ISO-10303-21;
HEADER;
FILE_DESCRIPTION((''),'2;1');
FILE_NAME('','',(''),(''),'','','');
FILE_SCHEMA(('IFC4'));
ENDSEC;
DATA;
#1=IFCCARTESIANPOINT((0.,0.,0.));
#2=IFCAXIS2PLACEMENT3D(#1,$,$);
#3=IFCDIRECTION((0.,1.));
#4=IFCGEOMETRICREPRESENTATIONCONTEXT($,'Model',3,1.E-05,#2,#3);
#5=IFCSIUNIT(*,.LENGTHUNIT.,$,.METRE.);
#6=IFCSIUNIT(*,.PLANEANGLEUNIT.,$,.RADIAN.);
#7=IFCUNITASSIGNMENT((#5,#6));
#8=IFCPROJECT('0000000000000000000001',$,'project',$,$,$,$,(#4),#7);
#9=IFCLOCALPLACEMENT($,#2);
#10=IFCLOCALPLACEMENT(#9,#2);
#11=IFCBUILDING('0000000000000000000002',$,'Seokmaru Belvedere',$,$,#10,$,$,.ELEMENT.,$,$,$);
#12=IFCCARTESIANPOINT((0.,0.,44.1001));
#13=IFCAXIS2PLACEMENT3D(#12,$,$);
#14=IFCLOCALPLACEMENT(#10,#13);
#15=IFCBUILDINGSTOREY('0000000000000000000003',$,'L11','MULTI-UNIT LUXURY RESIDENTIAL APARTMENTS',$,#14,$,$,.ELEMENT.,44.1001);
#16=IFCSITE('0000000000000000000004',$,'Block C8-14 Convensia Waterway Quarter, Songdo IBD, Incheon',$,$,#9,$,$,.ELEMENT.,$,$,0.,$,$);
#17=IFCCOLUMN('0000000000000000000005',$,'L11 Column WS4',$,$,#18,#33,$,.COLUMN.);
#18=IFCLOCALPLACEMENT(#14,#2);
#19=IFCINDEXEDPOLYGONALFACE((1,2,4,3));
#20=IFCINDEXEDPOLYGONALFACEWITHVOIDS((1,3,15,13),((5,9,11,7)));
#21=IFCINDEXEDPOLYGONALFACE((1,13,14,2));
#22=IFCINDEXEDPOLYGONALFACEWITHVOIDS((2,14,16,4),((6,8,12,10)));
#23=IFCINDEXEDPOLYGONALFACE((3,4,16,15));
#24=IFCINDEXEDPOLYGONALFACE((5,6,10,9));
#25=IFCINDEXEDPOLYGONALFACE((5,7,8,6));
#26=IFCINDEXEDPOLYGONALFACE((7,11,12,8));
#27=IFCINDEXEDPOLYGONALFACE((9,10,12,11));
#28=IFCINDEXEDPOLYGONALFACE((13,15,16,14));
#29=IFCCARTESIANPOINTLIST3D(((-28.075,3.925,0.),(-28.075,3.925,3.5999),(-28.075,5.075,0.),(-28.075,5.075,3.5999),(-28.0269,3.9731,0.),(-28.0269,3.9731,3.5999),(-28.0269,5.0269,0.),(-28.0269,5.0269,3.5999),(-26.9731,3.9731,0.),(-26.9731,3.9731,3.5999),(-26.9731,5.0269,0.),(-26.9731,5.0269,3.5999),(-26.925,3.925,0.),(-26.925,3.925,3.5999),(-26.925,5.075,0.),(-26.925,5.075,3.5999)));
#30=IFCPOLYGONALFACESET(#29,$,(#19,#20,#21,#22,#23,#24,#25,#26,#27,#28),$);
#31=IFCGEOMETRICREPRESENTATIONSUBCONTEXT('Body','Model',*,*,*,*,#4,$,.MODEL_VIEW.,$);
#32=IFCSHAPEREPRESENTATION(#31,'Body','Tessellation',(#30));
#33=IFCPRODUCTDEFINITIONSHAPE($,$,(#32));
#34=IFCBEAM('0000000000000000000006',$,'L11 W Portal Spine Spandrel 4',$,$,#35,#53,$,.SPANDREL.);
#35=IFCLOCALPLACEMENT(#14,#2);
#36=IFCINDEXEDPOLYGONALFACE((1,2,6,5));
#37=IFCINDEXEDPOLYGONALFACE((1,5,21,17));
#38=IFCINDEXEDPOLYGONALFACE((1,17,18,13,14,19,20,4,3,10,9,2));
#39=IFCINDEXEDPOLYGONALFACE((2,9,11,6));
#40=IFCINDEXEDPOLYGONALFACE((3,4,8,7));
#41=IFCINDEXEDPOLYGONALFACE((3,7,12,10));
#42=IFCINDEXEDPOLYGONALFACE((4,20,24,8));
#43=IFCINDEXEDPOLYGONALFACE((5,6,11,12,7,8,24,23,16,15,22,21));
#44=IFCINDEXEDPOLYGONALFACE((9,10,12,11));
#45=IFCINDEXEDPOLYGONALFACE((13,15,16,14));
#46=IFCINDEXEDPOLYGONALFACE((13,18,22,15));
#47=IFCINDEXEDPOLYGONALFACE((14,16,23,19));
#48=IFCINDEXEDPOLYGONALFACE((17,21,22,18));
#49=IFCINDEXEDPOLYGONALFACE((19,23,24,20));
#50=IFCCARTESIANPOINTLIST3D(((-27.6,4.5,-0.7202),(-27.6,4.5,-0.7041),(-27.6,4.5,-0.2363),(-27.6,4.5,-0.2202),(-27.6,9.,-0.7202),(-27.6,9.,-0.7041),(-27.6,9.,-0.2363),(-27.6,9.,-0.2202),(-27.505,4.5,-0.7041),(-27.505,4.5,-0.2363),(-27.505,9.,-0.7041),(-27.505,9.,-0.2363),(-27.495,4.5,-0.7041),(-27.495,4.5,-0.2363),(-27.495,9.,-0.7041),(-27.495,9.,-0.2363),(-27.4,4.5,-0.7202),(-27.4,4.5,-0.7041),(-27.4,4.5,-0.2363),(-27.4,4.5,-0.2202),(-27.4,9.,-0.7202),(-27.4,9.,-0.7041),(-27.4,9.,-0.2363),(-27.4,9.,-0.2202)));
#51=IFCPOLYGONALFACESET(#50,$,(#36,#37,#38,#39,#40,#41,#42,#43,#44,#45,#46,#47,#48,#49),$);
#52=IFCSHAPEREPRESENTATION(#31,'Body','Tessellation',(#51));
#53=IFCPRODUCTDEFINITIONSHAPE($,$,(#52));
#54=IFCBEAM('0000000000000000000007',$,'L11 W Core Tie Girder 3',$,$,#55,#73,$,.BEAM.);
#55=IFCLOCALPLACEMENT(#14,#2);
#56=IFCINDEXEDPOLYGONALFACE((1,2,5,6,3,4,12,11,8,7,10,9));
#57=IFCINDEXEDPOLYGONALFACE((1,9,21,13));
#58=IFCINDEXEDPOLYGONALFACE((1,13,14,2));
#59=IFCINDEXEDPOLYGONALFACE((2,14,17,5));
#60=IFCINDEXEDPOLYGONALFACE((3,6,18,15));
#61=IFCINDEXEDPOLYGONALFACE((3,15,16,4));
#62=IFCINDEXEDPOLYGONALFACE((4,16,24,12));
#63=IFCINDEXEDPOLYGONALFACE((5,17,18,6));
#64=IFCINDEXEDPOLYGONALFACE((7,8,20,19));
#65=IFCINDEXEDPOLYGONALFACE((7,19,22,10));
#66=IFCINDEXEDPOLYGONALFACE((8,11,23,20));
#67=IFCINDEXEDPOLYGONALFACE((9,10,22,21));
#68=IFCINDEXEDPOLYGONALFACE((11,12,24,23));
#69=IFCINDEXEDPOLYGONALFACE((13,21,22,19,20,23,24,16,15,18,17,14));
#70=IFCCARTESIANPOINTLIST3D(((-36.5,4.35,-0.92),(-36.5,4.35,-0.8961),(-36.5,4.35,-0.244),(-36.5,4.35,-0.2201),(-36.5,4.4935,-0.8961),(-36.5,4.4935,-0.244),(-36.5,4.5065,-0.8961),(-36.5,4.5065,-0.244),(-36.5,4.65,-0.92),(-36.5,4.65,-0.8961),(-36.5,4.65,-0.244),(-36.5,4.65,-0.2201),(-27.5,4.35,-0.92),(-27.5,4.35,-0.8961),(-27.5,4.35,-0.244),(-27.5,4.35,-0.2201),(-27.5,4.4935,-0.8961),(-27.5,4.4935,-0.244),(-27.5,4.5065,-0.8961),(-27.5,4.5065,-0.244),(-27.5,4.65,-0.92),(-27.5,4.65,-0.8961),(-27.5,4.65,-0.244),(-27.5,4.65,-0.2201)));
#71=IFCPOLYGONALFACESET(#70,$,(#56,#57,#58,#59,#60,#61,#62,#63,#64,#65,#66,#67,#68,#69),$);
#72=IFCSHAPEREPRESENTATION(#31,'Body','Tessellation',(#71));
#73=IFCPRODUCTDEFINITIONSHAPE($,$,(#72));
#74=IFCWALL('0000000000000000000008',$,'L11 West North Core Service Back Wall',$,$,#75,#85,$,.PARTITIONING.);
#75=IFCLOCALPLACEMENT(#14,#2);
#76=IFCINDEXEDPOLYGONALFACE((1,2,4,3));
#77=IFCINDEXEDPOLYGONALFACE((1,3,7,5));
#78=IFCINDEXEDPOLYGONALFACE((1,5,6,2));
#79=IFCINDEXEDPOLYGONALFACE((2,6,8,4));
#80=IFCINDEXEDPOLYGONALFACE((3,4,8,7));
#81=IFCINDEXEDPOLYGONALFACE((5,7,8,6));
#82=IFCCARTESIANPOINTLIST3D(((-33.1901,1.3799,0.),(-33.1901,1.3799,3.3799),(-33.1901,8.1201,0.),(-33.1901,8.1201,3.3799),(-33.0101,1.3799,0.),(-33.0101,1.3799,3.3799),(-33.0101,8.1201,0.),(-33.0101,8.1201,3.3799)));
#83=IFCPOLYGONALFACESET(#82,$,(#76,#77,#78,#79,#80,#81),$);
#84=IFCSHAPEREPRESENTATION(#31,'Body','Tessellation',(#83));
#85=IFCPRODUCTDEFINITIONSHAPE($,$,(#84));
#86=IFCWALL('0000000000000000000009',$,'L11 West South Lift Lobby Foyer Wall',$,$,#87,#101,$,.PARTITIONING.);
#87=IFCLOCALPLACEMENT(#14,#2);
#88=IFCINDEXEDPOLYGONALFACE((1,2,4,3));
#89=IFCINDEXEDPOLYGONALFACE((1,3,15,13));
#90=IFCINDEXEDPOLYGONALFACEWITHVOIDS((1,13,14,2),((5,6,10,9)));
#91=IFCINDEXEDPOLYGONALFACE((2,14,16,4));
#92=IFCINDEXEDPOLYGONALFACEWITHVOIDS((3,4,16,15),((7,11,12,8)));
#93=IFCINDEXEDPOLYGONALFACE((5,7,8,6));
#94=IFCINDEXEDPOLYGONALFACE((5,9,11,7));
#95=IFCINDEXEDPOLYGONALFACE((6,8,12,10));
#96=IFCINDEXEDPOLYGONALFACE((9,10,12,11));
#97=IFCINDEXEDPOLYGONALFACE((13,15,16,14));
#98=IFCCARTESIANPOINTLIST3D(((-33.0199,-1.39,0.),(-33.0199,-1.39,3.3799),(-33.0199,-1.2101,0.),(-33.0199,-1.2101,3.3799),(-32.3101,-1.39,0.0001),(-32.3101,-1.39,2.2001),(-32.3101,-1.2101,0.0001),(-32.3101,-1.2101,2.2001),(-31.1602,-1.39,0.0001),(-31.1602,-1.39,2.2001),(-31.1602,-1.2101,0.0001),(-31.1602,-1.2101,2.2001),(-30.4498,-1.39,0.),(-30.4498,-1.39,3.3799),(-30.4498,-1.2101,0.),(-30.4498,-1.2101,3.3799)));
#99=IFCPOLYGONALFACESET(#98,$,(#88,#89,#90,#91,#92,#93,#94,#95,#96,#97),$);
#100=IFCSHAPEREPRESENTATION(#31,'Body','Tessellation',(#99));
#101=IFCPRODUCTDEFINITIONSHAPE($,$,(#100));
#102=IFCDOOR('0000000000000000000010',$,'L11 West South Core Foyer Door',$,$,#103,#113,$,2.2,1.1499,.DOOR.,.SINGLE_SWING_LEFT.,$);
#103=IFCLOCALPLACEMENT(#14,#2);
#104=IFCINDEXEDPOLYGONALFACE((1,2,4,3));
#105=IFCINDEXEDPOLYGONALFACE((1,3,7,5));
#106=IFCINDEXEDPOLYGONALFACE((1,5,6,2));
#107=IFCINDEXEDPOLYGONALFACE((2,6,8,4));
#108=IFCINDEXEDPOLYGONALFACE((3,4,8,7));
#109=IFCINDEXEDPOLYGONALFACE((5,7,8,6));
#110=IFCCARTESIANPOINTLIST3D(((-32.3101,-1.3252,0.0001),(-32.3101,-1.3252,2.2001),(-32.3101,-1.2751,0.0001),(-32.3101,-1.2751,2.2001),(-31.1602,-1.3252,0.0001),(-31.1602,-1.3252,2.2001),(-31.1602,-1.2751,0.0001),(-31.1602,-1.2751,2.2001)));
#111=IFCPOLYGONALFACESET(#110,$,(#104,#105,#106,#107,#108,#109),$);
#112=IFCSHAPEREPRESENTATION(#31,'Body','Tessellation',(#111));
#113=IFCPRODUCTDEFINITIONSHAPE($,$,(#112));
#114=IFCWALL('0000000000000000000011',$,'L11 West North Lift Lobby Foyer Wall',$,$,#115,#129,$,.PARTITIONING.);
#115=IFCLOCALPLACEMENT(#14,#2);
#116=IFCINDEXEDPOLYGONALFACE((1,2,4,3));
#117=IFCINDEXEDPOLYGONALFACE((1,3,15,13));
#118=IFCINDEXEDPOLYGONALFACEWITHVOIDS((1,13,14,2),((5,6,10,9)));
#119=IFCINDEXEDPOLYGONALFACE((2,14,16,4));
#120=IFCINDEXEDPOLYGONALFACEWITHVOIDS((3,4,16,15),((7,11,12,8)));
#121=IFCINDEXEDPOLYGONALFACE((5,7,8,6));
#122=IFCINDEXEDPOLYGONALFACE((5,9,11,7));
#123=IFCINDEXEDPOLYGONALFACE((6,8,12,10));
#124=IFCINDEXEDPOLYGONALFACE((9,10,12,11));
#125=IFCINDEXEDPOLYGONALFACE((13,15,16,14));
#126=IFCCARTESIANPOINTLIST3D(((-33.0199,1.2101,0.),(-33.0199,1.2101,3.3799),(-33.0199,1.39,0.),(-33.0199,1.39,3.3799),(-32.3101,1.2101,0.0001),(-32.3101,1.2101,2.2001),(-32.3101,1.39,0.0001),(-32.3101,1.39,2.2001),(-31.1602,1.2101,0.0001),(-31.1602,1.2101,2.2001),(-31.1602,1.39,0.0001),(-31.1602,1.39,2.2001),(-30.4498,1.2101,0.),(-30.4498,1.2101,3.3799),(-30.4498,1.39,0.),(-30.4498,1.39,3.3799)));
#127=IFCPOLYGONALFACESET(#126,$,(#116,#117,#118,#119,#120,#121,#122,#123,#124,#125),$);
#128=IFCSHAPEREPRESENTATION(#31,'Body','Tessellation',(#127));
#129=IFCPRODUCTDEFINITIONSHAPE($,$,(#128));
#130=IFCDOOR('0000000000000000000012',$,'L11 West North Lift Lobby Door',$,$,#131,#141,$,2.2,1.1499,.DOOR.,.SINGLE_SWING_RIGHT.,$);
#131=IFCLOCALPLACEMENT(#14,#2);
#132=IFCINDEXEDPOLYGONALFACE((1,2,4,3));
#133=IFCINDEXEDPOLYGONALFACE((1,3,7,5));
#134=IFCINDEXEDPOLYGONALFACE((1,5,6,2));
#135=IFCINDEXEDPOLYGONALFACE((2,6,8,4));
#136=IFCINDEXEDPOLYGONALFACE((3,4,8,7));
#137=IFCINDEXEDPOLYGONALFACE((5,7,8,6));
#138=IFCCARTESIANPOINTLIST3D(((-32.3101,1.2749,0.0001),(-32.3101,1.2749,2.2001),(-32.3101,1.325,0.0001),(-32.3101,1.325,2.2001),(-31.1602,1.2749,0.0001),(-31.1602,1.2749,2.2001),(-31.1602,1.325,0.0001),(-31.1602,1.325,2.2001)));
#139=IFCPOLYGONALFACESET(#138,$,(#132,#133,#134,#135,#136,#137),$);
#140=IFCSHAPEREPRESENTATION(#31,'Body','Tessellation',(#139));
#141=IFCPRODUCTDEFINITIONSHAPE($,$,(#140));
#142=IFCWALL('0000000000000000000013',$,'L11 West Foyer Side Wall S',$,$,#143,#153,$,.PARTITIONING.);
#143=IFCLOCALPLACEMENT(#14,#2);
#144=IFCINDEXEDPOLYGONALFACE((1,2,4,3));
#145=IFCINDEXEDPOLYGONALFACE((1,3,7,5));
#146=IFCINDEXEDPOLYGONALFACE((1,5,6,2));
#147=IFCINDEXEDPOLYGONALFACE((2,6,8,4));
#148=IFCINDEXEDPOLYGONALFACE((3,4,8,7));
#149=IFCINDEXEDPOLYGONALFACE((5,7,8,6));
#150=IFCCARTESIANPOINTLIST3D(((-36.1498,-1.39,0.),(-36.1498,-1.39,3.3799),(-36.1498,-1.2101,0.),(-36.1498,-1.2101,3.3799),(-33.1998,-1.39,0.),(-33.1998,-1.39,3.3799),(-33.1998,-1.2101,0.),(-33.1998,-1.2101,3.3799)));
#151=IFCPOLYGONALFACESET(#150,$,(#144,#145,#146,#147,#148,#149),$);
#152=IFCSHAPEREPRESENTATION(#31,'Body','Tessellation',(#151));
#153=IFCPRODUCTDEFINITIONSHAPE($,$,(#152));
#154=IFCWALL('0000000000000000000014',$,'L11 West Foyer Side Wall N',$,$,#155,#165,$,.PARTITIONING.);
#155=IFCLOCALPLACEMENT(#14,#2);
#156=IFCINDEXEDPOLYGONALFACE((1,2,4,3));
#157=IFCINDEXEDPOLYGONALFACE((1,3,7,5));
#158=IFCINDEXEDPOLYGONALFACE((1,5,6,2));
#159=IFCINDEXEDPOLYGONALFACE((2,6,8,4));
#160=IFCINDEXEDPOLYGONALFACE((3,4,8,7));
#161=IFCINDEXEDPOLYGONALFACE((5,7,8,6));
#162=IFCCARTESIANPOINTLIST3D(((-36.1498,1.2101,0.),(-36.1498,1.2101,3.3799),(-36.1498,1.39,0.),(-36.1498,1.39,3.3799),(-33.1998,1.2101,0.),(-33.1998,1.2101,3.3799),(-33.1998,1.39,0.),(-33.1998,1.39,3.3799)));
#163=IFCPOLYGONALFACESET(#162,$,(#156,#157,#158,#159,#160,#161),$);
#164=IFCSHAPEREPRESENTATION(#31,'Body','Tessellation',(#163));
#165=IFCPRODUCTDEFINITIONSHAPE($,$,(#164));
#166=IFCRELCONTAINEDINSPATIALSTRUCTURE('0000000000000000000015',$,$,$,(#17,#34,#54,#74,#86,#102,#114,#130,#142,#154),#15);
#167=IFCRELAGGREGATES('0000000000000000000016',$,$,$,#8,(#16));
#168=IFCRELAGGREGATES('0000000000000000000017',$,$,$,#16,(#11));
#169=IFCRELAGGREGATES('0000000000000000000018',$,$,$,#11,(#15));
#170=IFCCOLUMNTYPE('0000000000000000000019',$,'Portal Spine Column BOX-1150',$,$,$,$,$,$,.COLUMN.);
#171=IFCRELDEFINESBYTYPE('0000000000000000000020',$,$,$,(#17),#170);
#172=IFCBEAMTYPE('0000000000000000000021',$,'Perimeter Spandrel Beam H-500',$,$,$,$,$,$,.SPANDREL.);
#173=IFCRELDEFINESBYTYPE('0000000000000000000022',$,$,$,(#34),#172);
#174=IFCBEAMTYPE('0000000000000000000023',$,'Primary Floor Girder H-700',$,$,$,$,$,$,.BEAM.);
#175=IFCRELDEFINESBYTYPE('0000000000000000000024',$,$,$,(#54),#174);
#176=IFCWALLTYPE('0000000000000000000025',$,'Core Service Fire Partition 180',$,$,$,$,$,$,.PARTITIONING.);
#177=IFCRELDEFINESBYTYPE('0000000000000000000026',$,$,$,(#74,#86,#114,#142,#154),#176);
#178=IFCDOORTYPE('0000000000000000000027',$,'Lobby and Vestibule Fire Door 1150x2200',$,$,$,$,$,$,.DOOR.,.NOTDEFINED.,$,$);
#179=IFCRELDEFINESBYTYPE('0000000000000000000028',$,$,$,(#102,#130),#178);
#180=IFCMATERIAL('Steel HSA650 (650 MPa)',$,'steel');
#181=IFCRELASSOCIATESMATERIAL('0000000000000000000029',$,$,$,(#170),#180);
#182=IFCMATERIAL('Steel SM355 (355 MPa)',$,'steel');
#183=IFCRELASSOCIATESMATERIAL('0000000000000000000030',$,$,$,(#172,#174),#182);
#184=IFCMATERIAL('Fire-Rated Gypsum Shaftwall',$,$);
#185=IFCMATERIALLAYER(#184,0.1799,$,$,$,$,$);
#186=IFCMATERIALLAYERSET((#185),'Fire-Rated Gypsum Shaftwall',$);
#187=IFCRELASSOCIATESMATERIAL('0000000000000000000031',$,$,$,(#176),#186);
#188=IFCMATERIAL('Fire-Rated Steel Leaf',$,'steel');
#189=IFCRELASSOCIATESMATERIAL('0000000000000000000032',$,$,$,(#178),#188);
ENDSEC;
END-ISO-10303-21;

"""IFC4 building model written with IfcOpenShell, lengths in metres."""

from ifc_helpers import new_model, si_unit, direction, frame, frame_2d, origin, origin_2d, place, context, subcontext, project, spatial, rectangle, hollow_rectangle, i_section, extrude, source, transform, mapped, material, layer, layer_set, material_profile, profile_set, type_object, type_shapes, element, fill, save


model = new_model("IFC4")

# Units and contexts
model_context = context("Model", 3, precision=1e-05, world=origin(), true_north=direction((0.0, 1.0)))
body_context = subcontext(model_context, "Body", "Model", "MODEL_VIEW")
ifc_project = project(units=[si_unit("LENGTHUNIT", "METRE"), si_unit("PLANEANGLEUNIT", "RADIAN")], contexts=[model_context])

# Site, building, storey
site_placement = place(None, origin())
site = spatial("IfcSite", under=ifc_project, at=site_placement, Name="Block C8-14 Convensia Waterway Quarter, Songdo IBD, Incheon", CompositionType="ELEMENT", RefElevation=0.0)
building_placement = place(site_placement, origin())
building = spatial("IfcBuilding", under=site, at=building_placement, Name="Seokmaru Belvedere", CompositionType="ELEMENT")
storey_placement = place(building_placement, frame((0.0, 0.0, 44.1001)))
storey = spatial("IfcBuildingStorey", under=building, at=storey_placement, Name="L11", Description="MULTI-UNIT LUXURY RESIDENTIAL APARTMENTS", CompositionType="ELEMENT", Elevation=44.1001)

# Column
ifc_material_1 = material(Name="Steel HSA650 (650 MPa)", Category="steel")
ifc_material_profile_1 = material_profile(ifc_material_1, hollow_rectangle(XDim=1.1499, YDim=1.1499, WallThickness=0.0481, at=origin_2d()), Name="BOX-1150x1150x48")
ifc_profile_set_1 = profile_set([ifc_material_profile_1], Name="Steel HSA650 (650 MPa)")
column_type = type_object("IfcColumnType", Name="Portal Spine Column BOX-1150", PredefinedType="COLUMN", material=ifc_profile_set_1)
shared_shape_1 = source(origin(), body_context, "Body", "SweptSolid", [
    extrude(hollow_rectangle(XDim=1.1499, YDim=1.1499, WallThickness=0.0481, at=origin_2d()), origin(), (0.0, 0.0, 1.0), 3.5999),
])
type_shapes(column_type, [shared_shape_1])
column_placement = place(storey_placement, frame((-27.5, 4.5, 0.0), z_axis=(0.0, 0.0, 1.0), x_axis=(1.0, 0.0, 0.0)))
element("IfcColumn", 1, at=column_placement, inside=storey, type_object=column_type, Name="L11 Column WS4", PredefinedType="COLUMN", context=body_context, shape_type="MappedRepresentation", body=[
    mapped(shared_shape_1, transform((0.0, 0.0, 0.0), scale=1.0)),
])

# Beams
ifc_material_2 = material(Name="Steel SM355 (355 MPa)", Category="steel")
ifc_material_profile_2 = material_profile(ifc_material_2, i_section(OverallWidth=0.2, OverallDepth=0.5, WebThickness=0.01, FlangeThickness=0.0161, at=origin_2d()), Name="H-500x200x10x16")
ifc_profile_set_2 = profile_set([ifc_material_profile_2], Name="Steel SM355 (355 MPa)")
beam_type_1 = type_object("IfcBeamType", Name="Perimeter Spandrel Beam H-500", PredefinedType="SPANDREL", material=ifc_profile_set_2)
shared_shape_2 = source(origin(), body_context, "Body", "SweptSolid", [
    extrude(i_section(OverallWidth=0.2, OverallDepth=0.5, WebThickness=0.01, FlangeThickness=0.0161, at=origin_2d()), origin(), (0.0, 0.0, 1.0), 4.5),
])
type_shapes(beam_type_1, [shared_shape_2])
beam_1_placement = place(storey_placement, frame((-27.5, 4.5, -0.4702), z_axis=(0.0, 1.0, 0.0), x_axis=(-1.0, 0.0, 0.0)))
element("IfcBeam", 2, at=beam_1_placement, inside=storey, type_object=beam_type_1, Name="L11 W Portal Spine Spandrel 4", PredefinedType="SPANDREL", context=body_context, shape_type="MappedRepresentation", body=[
    mapped(shared_shape_2, transform((0.0, 0.0, 0.0), scale=1.0)),
])
ifc_material_profile_3 = material_profile(ifc_material_2, i_section(OverallWidth=0.3, OverallDepth=0.7, WebThickness=0.0129, FlangeThickness=0.0239, at=origin_2d()), Name="H-700x300x13x24")
ifc_profile_set_3 = profile_set([ifc_material_profile_3], Name="Steel SM355 (355 MPa)")
beam_type_2 = type_object("IfcBeamType", Name="Primary Floor Girder H-700", PredefinedType="BEAM", material=ifc_profile_set_3)
shared_shape_3 = source(origin(), body_context, "Body", "SweptSolid", [
    extrude(i_section(OverallWidth=0.3, OverallDepth=0.7, WebThickness=0.0129, FlangeThickness=0.0239, at=origin_2d()), origin(), (0.0, 0.0, 1.0), 9.0),
])
type_shapes(beam_type_2, [shared_shape_3])
beam_2_placement = place(storey_placement, frame((-36.5, 4.5, -0.5701), z_axis=(1.0, 0.0, 0.0), x_axis=(0.0, 1.0, 0.0)))
element("IfcBeam", 3, at=beam_2_placement, inside=storey, type_object=beam_type_2, Name="L11 W Core Tie Girder 3", PredefinedType="BEAM", context=body_context, shape_type="MappedRepresentation", body=[
    mapped(shared_shape_3, transform((0.0, 0.0, 0.0), scale=1.0)),
])

# Wall
ifc_material_3 = material(Name="Fire-Rated Gypsum Shaftwall")
ifc_layer_1 = layer(ifc_material_3, 0.1799)
ifc_layer_set_1 = layer_set([ifc_layer_1], Name="Fire-Rated Gypsum Shaftwall")
wall_type_1 = type_object("IfcWallType", Name="Core Service Fire Partition 180", PredefinedType="PARTITIONING", material=ifc_layer_set_1)
wall_1_placement = place(storey_placement, frame((-33.1001, 1.3799, 0.0), z_axis=(0.0, 0.0, 1.0), x_axis=(0.0, 1.0, 0.0)))
element("IfcWall", 4, at=wall_1_placement, inside=storey, type_object=wall_type_1, Name="L11 West North Core Service Back Wall", PredefinedType="PARTITIONING", context=body_context, shape_type="SweptSolid", body=[
    extrude(rectangle(XDim=6.7402, YDim=0.1799, at=frame_2d((3.3701, 0.0))), origin(), (0.0, 0.0, 1.0), 3.3799),
])

# Walls, openings, doors
wall_2_placement = place(storey_placement, frame((-33.02, -1.3, 0.0), z_axis=(0.0, 0.0, 1.0), x_axis=(1.0, 0.0, 0.0)))
wall_2 = element("IfcWall", 5, at=wall_2_placement, inside=storey, type_object=wall_type_1, Name="L11 West South Lift Lobby Foyer Wall", PredefinedType="PARTITIONING", context=body_context, shape_type="SweptSolid", body=[
    extrude(rectangle(XDim=2.5701, YDim=0.1799, at=frame_2d((1.2852, 0.0))), origin(), (0.0, 0.0, 1.0), 3.3799),
])
opening_1_placement = place(wall_2_placement, frame((0.71, 0.0, 0.0)))
opening_1 = element("IfcOpeningElement", 6, at=opening_1_placement, cuts=wall_2, PredefinedType="OPENING", context=body_context, shape_type="SweptSolid", body=[
    extrude(rectangle(XDim=1.1499, YDim=2.2, at=frame_2d((0.575, 1.1001))), frame((0.0, 0.1001, 0.0), z_axis=(0.0, -1.0, 0.0), x_axis=(1.0, 0.0, 0.0)), (0.0, 0.0, 1.0), 0.2),
])
ifc_material_4 = material(Name="Fire-Rated Steel Leaf", Category="steel")
door_type_1 = type_object("IfcDoorType", Name="Lobby and Vestibule Fire Door 1150x2200", OperationType="NOTDEFINED", PredefinedType="DOOR", material=ifc_material_4)
shared_shape_4 = source(origin(), body_context, "Body", "SweptSolid", [
    extrude(rectangle(XDim=1.1499, YDim=2.2, at=frame_2d((0.575, 1.1001))), frame((0.0, 0.0249, 0.0), z_axis=(0.0, -1.0, 0.0), x_axis=(1.0, 0.0, 0.0)), (0.0, 0.0, 1.0), 0.05),
])
type_shapes(door_type_1, [shared_shape_4])
door_1_placement = place(opening_1_placement, origin())
door_1 = element("IfcDoor", 7, at=door_1_placement, inside=storey, type_object=door_type_1, Name="L11 West South Core Foyer Door", OperationType="SINGLE_SWING_LEFT", OverallHeight=2.2, OverallWidth=1.1499, PredefinedType="DOOR", context=body_context, shape_type="MappedRepresentation", body=[
    mapped(shared_shape_4, transform((0.0, 0.0, 0.0), scale=1.0)),
])
fill(opening_1, door_1)
wall_3_placement = place(storey_placement, frame((-33.02, 1.3, 0.0), z_axis=(0.0, 0.0, 1.0), x_axis=(1.0, 0.0, 0.0)))
wall_3 = element("IfcWall", 8, at=wall_3_placement, inside=storey, type_object=wall_type_1, Name="L11 West North Lift Lobby Foyer Wall", PredefinedType="PARTITIONING", context=body_context, shape_type="SweptSolid", body=[
    extrude(rectangle(XDim=2.5701, YDim=0.1799, at=frame_2d((1.2852, 0.0))), origin(), (0.0, 0.0, 1.0), 3.3799),
])
opening_2_placement = place(wall_3_placement, frame((0.71, 0.0, 0.0)))
opening_2 = element("IfcOpeningElement", 9, at=opening_2_placement, cuts=wall_3, PredefinedType="OPENING", context=body_context, shape_type="SweptSolid", body=[
    extrude(rectangle(XDim=1.1499, YDim=2.2, at=frame_2d((0.575, 1.1001))), frame((0.0, 0.1001, 0.0), z_axis=(0.0, -1.0, 0.0), x_axis=(1.0, 0.0, 0.0)), (0.0, 0.0, 1.0), 0.2),
])
door_2_placement = place(opening_2_placement, origin())
door_2 = element("IfcDoor", 10, at=door_2_placement, inside=storey, type_object=door_type_1, Name="L11 West North Lift Lobby Door", OperationType="SINGLE_SWING_RIGHT", OverallHeight=2.2, OverallWidth=1.1499, PredefinedType="DOOR", context=body_context, shape_type="MappedRepresentation", body=[
    mapped(shared_shape_4, transform((0.0, 0.0, 0.0), scale=1.0)),
])
fill(opening_2, door_2)

# Walls
for number, where, z_axis, x_axis, name in (
    (11, (-36.1499, -1.3, 0.0), (0.0, 0.0, 1.0), (1.0, 0.0, 0.0), "L11 West Foyer Side Wall S"),
    (12, (-36.1499, 1.3, 0.0), (0.0, 0.0, 1.0), (1.0, 0.0, 0.0), "L11 West Foyer Side Wall N"),
):
    element("IfcWall", number, at=place(storey_placement, frame(where, z_axis=z_axis, x_axis=x_axis)), inside=storey, type_object=wall_type_1, Name=name, PredefinedType="PARTITIONING", context=body_context, shape_type="SweptSolid", body=[
        extrude(rectangle(XDim=2.95, YDim=0.1799, at=frame_2d((1.4751, 0.0))), origin(), (0.0, 0.0, 1.0), 3.3799),
    ])

save(model, "model.ifc")
